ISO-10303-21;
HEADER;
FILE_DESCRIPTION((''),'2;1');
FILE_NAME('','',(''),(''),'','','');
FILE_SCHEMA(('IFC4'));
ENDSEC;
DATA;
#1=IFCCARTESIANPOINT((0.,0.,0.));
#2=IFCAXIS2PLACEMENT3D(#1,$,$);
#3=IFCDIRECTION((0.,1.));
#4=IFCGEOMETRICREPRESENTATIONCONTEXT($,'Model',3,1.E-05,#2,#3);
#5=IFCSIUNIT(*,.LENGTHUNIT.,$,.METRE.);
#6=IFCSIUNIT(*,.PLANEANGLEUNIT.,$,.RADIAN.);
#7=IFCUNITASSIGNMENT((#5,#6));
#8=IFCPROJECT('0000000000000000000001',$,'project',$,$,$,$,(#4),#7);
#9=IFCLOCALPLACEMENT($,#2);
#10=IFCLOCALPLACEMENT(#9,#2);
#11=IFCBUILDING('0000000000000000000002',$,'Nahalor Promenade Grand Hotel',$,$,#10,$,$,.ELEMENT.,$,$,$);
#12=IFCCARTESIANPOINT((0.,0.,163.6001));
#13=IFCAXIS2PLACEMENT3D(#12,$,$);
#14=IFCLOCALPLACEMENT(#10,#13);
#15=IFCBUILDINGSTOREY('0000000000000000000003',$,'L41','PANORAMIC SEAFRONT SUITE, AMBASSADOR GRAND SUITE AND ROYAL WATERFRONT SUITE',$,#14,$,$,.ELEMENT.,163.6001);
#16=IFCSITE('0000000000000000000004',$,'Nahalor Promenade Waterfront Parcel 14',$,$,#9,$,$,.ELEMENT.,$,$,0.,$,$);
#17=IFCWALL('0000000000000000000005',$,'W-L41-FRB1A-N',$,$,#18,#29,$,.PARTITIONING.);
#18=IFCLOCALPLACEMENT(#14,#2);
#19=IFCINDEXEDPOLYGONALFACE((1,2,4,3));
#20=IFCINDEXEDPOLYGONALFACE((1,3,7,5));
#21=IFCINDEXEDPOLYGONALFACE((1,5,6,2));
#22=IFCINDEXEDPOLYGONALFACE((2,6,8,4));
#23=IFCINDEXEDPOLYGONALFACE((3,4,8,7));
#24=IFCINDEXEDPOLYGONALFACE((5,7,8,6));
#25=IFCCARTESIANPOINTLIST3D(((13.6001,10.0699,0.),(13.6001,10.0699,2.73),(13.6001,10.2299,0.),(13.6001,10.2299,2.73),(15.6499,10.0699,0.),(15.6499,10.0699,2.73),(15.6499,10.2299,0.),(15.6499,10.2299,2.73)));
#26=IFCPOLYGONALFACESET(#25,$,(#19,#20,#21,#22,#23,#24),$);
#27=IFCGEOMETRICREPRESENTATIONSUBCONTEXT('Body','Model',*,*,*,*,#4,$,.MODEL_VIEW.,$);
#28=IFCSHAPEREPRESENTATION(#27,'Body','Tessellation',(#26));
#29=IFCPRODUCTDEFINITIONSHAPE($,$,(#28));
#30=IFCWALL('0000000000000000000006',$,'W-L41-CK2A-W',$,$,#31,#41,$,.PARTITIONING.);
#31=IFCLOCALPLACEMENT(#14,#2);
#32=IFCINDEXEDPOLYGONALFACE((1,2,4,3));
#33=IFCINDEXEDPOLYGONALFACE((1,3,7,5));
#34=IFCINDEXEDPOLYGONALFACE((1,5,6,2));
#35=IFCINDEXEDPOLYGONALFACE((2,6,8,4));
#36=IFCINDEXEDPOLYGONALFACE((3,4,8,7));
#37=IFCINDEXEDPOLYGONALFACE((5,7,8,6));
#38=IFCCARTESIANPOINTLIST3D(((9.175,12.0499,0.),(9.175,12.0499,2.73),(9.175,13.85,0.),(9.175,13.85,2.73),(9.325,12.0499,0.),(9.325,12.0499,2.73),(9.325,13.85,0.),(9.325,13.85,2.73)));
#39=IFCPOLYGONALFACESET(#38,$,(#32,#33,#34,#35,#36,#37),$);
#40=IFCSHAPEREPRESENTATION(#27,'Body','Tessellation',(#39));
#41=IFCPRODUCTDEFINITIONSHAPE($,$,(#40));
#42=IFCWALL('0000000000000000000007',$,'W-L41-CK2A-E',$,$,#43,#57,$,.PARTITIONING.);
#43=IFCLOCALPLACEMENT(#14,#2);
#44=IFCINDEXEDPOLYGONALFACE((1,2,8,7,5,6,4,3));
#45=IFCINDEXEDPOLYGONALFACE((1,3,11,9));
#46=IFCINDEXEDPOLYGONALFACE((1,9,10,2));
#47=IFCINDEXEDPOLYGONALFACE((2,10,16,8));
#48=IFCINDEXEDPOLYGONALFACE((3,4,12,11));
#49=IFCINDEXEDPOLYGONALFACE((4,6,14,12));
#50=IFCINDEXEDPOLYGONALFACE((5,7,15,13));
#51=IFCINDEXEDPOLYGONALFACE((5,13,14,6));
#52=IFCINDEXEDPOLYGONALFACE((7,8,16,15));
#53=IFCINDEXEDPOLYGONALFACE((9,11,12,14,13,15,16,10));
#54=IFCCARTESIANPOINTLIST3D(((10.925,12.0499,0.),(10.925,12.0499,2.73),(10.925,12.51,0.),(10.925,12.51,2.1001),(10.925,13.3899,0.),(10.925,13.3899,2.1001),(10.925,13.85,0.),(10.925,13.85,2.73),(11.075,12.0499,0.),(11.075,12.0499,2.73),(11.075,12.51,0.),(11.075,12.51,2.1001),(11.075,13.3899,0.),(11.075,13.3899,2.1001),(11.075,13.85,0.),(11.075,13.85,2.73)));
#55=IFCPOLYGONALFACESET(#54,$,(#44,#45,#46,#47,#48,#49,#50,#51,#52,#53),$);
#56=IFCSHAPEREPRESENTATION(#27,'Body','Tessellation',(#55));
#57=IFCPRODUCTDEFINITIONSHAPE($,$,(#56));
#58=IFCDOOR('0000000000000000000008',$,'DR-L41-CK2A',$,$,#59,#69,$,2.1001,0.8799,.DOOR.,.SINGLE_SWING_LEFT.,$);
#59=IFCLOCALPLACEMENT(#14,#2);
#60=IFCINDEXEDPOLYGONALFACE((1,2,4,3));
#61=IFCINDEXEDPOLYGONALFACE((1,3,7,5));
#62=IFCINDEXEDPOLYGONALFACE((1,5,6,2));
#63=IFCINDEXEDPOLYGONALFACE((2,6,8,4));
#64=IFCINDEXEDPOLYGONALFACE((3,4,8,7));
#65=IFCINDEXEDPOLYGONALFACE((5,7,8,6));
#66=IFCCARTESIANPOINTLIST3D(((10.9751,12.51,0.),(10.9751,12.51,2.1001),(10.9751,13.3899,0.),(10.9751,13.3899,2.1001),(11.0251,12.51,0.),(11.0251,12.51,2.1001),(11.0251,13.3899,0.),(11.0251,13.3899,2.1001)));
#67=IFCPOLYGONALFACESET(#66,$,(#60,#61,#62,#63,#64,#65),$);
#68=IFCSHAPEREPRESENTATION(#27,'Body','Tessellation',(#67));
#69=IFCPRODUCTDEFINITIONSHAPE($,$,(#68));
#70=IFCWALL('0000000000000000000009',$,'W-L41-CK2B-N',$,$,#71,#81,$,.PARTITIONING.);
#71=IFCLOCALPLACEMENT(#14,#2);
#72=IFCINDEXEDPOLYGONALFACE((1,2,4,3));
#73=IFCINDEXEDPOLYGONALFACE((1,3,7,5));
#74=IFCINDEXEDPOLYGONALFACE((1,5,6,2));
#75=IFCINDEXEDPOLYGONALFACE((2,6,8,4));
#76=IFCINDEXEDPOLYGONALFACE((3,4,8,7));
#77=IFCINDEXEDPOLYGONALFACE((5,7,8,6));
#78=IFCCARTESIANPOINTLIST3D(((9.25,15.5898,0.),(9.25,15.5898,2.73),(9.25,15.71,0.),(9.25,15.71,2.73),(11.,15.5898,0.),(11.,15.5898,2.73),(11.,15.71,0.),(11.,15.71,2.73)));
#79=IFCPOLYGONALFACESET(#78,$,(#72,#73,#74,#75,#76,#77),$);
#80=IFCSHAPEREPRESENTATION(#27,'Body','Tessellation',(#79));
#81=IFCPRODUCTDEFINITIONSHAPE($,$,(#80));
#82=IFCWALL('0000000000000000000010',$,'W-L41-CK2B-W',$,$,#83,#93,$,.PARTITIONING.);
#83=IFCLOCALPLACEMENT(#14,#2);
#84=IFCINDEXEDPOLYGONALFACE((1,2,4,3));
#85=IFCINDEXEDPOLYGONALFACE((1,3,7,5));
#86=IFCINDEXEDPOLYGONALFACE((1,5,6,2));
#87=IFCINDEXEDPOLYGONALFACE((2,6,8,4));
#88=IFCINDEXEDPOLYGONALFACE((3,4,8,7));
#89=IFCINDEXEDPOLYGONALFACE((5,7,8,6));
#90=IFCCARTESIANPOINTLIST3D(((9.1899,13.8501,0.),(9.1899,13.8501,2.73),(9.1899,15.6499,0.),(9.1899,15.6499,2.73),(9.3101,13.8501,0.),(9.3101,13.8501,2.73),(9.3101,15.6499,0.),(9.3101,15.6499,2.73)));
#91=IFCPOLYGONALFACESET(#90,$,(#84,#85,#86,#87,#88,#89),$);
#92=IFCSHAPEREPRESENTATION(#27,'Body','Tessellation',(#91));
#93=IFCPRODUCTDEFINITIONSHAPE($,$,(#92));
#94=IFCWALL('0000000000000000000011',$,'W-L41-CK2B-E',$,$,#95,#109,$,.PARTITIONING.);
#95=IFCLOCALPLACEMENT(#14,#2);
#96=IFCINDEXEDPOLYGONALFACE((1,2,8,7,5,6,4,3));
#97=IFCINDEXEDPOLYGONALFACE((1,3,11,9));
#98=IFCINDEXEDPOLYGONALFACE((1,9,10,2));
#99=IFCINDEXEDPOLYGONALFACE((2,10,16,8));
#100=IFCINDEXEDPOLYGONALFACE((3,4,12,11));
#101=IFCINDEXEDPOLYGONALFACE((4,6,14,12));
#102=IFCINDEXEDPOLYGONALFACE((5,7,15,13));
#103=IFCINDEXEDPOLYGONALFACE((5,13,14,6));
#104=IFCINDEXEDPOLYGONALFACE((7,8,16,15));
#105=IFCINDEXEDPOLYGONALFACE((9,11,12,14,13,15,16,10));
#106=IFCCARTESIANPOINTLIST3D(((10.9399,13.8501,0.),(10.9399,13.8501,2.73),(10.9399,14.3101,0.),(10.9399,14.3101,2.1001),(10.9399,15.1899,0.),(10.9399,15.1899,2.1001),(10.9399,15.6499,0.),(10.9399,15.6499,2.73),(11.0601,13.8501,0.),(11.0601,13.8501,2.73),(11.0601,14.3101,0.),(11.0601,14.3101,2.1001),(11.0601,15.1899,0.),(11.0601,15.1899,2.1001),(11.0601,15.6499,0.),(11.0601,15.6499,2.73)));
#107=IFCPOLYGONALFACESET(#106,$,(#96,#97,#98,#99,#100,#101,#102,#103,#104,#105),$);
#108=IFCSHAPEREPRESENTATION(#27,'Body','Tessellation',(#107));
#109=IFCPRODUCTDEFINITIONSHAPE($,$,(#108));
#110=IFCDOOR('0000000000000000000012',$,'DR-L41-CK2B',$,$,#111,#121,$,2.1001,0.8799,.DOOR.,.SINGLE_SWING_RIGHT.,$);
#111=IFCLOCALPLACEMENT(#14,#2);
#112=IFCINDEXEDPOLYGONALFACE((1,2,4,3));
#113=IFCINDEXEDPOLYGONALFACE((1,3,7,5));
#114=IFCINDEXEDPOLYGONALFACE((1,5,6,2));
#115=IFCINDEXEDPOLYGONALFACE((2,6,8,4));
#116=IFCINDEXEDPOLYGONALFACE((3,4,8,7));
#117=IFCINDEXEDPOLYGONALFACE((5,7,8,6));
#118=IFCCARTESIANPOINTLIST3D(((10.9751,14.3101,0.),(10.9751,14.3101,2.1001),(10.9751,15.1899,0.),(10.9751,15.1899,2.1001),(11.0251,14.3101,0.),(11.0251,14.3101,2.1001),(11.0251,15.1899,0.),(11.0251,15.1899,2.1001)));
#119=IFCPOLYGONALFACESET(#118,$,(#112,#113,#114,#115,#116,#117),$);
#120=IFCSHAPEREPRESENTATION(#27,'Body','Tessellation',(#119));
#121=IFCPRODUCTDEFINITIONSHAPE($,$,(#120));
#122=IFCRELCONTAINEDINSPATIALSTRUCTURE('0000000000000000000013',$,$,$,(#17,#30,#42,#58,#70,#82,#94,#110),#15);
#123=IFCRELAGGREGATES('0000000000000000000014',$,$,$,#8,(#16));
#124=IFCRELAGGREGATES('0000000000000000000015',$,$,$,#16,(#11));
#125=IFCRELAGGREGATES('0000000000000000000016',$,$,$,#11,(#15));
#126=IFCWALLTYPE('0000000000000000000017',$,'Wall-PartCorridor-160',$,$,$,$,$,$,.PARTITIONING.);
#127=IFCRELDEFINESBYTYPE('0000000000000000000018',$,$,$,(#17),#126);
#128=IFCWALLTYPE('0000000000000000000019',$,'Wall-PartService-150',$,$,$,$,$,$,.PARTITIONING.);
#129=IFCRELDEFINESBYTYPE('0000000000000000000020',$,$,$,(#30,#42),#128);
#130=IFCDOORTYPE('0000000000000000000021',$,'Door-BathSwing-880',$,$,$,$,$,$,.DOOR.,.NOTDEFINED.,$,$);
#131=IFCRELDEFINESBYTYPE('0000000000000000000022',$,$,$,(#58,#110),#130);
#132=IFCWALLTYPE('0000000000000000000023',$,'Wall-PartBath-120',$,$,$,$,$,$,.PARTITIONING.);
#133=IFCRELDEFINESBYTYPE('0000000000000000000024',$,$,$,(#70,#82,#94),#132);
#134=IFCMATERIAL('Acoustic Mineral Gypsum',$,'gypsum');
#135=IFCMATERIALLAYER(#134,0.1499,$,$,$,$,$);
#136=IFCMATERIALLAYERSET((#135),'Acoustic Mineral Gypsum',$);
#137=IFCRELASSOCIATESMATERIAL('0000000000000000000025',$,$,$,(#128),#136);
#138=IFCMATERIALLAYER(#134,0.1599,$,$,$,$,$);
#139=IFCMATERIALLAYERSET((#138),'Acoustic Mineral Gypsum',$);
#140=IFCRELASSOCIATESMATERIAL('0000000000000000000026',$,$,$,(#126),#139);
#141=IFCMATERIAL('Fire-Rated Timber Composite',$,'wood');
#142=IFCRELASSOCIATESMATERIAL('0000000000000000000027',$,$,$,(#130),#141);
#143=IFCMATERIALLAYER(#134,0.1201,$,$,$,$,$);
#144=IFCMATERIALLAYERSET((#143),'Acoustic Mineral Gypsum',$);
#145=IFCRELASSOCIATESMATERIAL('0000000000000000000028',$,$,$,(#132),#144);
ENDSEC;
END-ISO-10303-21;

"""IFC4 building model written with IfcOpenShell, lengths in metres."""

from ifc_helpers import new_model, si_unit, direction, frame, frame_2d, origin, place, context, subcontext, project, spatial, rectangle, extrude, source, transform, mapped, material, layer, layer_set, type_object, element, fill, save


model = new_model("IFC4")

# Units and contexts
model_context = context("Model", 3, precision=1e-05, world=origin(), true_north=direction((0.0, 1.0)))
body_context = subcontext(model_context, "Body", "Model", "MODEL_VIEW")
ifc_project = project(units=[si_unit("LENGTHUNIT", "METRE"), si_unit("PLANEANGLEUNIT", "RADIAN")], contexts=[model_context])

# Site, building, storey
site_placement = place(None, origin())
site = spatial("IfcSite", under=ifc_project, at=site_placement, Name="Nahalor Promenade Waterfront Parcel 14", CompositionType="ELEMENT", RefElevation=0.0)
building_placement = place(site_placement, origin())
building = spatial("IfcBuilding", under=site, at=building_placement, Name="Nahalor Promenade Grand Hotel", CompositionType="ELEMENT")
storey_placement = place(building_placement, frame((0.0, 0.0, 163.6001)))
storey = spatial("IfcBuildingStorey", under=building, at=storey_placement, Name="L41", Description="PANORAMIC SEAFRONT SUITE, AMBASSADOR GRAND SUITE AND ROYAL WATERFRONT SUITE", CompositionType="ELEMENT", Elevation=163.6001)

# Walls
ifc_material_1 = material(Name="Acoustic Mineral Gypsum", Category="gypsum")
ifc_layer_1 = layer(ifc_material_1, 0.1499)
ifc_layer_set_1 = layer_set([ifc_layer_1], Name="Acoustic Mineral Gypsum")
wall_type_1 = type_object("IfcWallType", Name="Wall-PartService-150", PredefinedType="PARTITIONING", material=ifc_layer_set_1)
ifc_layer_2 = layer(ifc_material_1, 0.1599)
ifc_layer_set_2 = layer_set([ifc_layer_2], Name="Acoustic Mineral Gypsum")
wall_type_2 = type_object("IfcWallType", Name="Wall-PartCorridor-160", PredefinedType="PARTITIONING", material=ifc_layer_set_2)
shared_shape_1 = source(origin(), body_context, "Body", "SweptSolid", [
    extrude(rectangle(XDim=2.0498, YDim=0.1599, at=frame_2d((1.0249, 0.0))), origin(), (0.0, 0.0, 1.0), 2.73),
])
wall_1_placement = place(storey_placement, frame((13.6001, 10.1499, 0.0), z_axis=(0.0, 0.0, 1.0), x_axis=(1.0, 0.0, 0.0)))
element("IfcWall", 1, at=wall_1_placement, inside=storey, type_object=wall_type_2, Name="W-L41-FRB1A-N", PredefinedType="PARTITIONING", context=body_context, shape_type="MappedRepresentation", body=[
    mapped(shared_shape_1, transform((0.0, 0.0, 0.0), scale=1.0)),
])
shared_shape_2 = source(origin(), body_context, "Body", "SweptSolid", [
    extrude(rectangle(XDim=1.8, YDim=0.1499, at=frame_2d((0.8999, 0.0))), origin(), (0.0, 0.0, 1.0), 2.73),
])
wall_2_placement = place(storey_placement, frame((9.25, 12.05, 0.0), z_axis=(0.0, 0.0, 1.0), x_axis=(0.0, 1.0, 0.0)))
element("IfcWall", 2, at=wall_2_placement, inside=storey, type_object=wall_type_1, Name="W-L41-CK2A-W", PredefinedType="PARTITIONING", context=body_context, shape_type="MappedRepresentation", body=[
    mapped(shared_shape_2, transform((0.0, 0.0, 0.0), scale=1.0)),
])

# Wall, opening, door
wall_3_placement = place(storey_placement, frame((11.0, 12.05, 0.0), z_axis=(0.0, 0.0, 1.0), x_axis=(0.0, 1.0, 0.0)))
wall_3 = element("IfcWall", 3, at=wall_3_placement, inside=storey, type_object=wall_type_1, Name="W-L41-CK2A-E", PredefinedType="PARTITIONING", context=body_context, shape_type="MappedRepresentation", body=[
    mapped(shared_shape_2, transform((0.0, 0.0, 0.0), scale=1.0)),
])
opening_1_placement = place(wall_3_placement, frame((0.46, 0.0, 0.0)))
opening_1 = element("IfcOpeningElement", 4, at=opening_1_placement, cuts=wall_3, PredefinedType="OPENING", context=body_context, shape_type="SweptSolid", body=[
    extrude(rectangle(XDim=0.8799, YDim=2.1001, at=frame_2d((0.4399, 1.05))), frame((0.0, 0.085, 0.0), z_axis=(0.0, -1.0, 0.0), x_axis=(1.0, 0.0, 0.0)), (0.0, 0.0, 1.0), 0.1699),
])
ifc_material_2 = material(Name="Fire-Rated Timber Composite", Category="wood")
door_type_1 = type_object("IfcDoorType", Name="Door-BathSwing-880", OperationType="NOTDEFINED", PredefinedType="DOOR", material=ifc_material_2)
shared_shape_3 = source(origin(), body_context, "Body", "SweptSolid", [
    extrude(rectangle(XDim=0.8799, YDim=2.1001, at=frame_2d((0.4399, 1.05))), frame((0.0, 0.0249, 0.0), z_axis=(0.0, -1.0, 0.0), x_axis=(1.0, 0.0, 0.0)), (0.0, 0.0, 1.0), 0.05),
])
door_1_placement = place(opening_1_placement, origin())
door_1 = element("IfcDoor", 5, at=door_1_placement, inside=storey, type_object=door_type_1, Name="DR-L41-CK2A", OperationType="SINGLE_SWING_LEFT", OverallHeight=2.1001, OverallWidth=0.8799, PredefinedType="DOOR", context=body_context, shape_type="MappedRepresentation", body=[
    mapped(shared_shape_3, transform((0.0, 0.0, 0.0), scale=1.0)),
])
fill(opening_1, door_1)

# Walls
ifc_layer_3 = layer(ifc_material_1, 0.1201)
ifc_layer_set_3 = layer_set([ifc_layer_3], Name="Acoustic Mineral Gypsum")
wall_type_3 = type_object("IfcWallType", Name="Wall-PartBath-120", PredefinedType="PARTITIONING", material=ifc_layer_set_3)
shared_shape_4 = source(origin(), body_context, "Body", "SweptSolid", [
    extrude(rectangle(XDim=1.75, YDim=0.1201, at=frame_2d((0.875, 0.0))), origin(), (0.0, 0.0, 1.0), 2.73),
])
wall_4_placement = place(storey_placement, frame((9.25, 15.6499, 0.0), z_axis=(0.0, 0.0, 1.0), x_axis=(1.0, 0.0, 0.0)))
element("IfcWall", 6, at=wall_4_placement, inside=storey, type_object=wall_type_3, Name="W-L41-CK2B-N", PredefinedType="PARTITIONING", context=body_context, shape_type="MappedRepresentation", body=[
    mapped(shared_shape_4, transform((0.0, 0.0, 0.0), scale=1.0)),
])
shared_shape_5 = source(origin(), body_context, "Body", "SweptSolid", [
    extrude(rectangle(XDim=1.7998, YDim=0.1201, at=frame_2d((0.8999, 0.0))), origin(), (0.0, 0.0, 1.0), 2.73),
])
wall_5_placement = place(storey_placement, frame((9.25, 13.8501, 0.0), z_axis=(0.0, 0.0, 1.0), x_axis=(0.0, 1.0, 0.0)))
element("IfcWall", 7, at=wall_5_placement, inside=storey, type_object=wall_type_3, Name="W-L41-CK2B-W", PredefinedType="PARTITIONING", context=body_context, shape_type="MappedRepresentation", body=[
    mapped(shared_shape_5, transform((0.0, 0.0, 0.0), scale=1.0)),
])

# Wall, opening, door
wall_6_placement = place(storey_placement, frame((11.0, 13.8501, 0.0), z_axis=(0.0, 0.0, 1.0), x_axis=(0.0, 1.0, 0.0)))
wall_6 = element("IfcWall", 8, at=wall_6_placement, inside=storey, type_object=wall_type_3, Name="W-L41-CK2B-E", PredefinedType="PARTITIONING", context=body_context, shape_type="MappedRepresentation", body=[
    mapped(shared_shape_5, transform((0.0, 0.0, 0.0), scale=1.0)),
])
opening_2_placement = place(wall_6_placement, frame((0.46, 0.0, 0.0)))
opening_2 = element("IfcOpeningElement", 9, at=opening_2_placement, cuts=wall_6, PredefinedType="OPENING", context=body_context, shape_type="SweptSolid", body=[
    extrude(rectangle(XDim=0.8799, YDim=2.1001, at=frame_2d((0.4399, 1.05))), frame((0.0, 0.0701, 0.0), z_axis=(0.0, -1.0, 0.0), x_axis=(1.0, 0.0, 0.0)), (0.0, 0.0, 1.0), 0.1401),
])
door_2_placement = place(opening_2_placement, origin())
door_2 = element("IfcDoor", 10, at=door_2_placement, inside=storey, type_object=door_type_1, Name="DR-L41-CK2B", OperationType="SINGLE_SWING_RIGHT", OverallHeight=2.1001, OverallWidth=0.8799, PredefinedType="DOOR", context=body_context, shape_type="MappedRepresentation", body=[
    mapped(shared_shape_3, transform((0.0, 0.0, 0.0), scale=1.0)),
])
fill(opening_2, door_2)

save(model, "model.ifc")
